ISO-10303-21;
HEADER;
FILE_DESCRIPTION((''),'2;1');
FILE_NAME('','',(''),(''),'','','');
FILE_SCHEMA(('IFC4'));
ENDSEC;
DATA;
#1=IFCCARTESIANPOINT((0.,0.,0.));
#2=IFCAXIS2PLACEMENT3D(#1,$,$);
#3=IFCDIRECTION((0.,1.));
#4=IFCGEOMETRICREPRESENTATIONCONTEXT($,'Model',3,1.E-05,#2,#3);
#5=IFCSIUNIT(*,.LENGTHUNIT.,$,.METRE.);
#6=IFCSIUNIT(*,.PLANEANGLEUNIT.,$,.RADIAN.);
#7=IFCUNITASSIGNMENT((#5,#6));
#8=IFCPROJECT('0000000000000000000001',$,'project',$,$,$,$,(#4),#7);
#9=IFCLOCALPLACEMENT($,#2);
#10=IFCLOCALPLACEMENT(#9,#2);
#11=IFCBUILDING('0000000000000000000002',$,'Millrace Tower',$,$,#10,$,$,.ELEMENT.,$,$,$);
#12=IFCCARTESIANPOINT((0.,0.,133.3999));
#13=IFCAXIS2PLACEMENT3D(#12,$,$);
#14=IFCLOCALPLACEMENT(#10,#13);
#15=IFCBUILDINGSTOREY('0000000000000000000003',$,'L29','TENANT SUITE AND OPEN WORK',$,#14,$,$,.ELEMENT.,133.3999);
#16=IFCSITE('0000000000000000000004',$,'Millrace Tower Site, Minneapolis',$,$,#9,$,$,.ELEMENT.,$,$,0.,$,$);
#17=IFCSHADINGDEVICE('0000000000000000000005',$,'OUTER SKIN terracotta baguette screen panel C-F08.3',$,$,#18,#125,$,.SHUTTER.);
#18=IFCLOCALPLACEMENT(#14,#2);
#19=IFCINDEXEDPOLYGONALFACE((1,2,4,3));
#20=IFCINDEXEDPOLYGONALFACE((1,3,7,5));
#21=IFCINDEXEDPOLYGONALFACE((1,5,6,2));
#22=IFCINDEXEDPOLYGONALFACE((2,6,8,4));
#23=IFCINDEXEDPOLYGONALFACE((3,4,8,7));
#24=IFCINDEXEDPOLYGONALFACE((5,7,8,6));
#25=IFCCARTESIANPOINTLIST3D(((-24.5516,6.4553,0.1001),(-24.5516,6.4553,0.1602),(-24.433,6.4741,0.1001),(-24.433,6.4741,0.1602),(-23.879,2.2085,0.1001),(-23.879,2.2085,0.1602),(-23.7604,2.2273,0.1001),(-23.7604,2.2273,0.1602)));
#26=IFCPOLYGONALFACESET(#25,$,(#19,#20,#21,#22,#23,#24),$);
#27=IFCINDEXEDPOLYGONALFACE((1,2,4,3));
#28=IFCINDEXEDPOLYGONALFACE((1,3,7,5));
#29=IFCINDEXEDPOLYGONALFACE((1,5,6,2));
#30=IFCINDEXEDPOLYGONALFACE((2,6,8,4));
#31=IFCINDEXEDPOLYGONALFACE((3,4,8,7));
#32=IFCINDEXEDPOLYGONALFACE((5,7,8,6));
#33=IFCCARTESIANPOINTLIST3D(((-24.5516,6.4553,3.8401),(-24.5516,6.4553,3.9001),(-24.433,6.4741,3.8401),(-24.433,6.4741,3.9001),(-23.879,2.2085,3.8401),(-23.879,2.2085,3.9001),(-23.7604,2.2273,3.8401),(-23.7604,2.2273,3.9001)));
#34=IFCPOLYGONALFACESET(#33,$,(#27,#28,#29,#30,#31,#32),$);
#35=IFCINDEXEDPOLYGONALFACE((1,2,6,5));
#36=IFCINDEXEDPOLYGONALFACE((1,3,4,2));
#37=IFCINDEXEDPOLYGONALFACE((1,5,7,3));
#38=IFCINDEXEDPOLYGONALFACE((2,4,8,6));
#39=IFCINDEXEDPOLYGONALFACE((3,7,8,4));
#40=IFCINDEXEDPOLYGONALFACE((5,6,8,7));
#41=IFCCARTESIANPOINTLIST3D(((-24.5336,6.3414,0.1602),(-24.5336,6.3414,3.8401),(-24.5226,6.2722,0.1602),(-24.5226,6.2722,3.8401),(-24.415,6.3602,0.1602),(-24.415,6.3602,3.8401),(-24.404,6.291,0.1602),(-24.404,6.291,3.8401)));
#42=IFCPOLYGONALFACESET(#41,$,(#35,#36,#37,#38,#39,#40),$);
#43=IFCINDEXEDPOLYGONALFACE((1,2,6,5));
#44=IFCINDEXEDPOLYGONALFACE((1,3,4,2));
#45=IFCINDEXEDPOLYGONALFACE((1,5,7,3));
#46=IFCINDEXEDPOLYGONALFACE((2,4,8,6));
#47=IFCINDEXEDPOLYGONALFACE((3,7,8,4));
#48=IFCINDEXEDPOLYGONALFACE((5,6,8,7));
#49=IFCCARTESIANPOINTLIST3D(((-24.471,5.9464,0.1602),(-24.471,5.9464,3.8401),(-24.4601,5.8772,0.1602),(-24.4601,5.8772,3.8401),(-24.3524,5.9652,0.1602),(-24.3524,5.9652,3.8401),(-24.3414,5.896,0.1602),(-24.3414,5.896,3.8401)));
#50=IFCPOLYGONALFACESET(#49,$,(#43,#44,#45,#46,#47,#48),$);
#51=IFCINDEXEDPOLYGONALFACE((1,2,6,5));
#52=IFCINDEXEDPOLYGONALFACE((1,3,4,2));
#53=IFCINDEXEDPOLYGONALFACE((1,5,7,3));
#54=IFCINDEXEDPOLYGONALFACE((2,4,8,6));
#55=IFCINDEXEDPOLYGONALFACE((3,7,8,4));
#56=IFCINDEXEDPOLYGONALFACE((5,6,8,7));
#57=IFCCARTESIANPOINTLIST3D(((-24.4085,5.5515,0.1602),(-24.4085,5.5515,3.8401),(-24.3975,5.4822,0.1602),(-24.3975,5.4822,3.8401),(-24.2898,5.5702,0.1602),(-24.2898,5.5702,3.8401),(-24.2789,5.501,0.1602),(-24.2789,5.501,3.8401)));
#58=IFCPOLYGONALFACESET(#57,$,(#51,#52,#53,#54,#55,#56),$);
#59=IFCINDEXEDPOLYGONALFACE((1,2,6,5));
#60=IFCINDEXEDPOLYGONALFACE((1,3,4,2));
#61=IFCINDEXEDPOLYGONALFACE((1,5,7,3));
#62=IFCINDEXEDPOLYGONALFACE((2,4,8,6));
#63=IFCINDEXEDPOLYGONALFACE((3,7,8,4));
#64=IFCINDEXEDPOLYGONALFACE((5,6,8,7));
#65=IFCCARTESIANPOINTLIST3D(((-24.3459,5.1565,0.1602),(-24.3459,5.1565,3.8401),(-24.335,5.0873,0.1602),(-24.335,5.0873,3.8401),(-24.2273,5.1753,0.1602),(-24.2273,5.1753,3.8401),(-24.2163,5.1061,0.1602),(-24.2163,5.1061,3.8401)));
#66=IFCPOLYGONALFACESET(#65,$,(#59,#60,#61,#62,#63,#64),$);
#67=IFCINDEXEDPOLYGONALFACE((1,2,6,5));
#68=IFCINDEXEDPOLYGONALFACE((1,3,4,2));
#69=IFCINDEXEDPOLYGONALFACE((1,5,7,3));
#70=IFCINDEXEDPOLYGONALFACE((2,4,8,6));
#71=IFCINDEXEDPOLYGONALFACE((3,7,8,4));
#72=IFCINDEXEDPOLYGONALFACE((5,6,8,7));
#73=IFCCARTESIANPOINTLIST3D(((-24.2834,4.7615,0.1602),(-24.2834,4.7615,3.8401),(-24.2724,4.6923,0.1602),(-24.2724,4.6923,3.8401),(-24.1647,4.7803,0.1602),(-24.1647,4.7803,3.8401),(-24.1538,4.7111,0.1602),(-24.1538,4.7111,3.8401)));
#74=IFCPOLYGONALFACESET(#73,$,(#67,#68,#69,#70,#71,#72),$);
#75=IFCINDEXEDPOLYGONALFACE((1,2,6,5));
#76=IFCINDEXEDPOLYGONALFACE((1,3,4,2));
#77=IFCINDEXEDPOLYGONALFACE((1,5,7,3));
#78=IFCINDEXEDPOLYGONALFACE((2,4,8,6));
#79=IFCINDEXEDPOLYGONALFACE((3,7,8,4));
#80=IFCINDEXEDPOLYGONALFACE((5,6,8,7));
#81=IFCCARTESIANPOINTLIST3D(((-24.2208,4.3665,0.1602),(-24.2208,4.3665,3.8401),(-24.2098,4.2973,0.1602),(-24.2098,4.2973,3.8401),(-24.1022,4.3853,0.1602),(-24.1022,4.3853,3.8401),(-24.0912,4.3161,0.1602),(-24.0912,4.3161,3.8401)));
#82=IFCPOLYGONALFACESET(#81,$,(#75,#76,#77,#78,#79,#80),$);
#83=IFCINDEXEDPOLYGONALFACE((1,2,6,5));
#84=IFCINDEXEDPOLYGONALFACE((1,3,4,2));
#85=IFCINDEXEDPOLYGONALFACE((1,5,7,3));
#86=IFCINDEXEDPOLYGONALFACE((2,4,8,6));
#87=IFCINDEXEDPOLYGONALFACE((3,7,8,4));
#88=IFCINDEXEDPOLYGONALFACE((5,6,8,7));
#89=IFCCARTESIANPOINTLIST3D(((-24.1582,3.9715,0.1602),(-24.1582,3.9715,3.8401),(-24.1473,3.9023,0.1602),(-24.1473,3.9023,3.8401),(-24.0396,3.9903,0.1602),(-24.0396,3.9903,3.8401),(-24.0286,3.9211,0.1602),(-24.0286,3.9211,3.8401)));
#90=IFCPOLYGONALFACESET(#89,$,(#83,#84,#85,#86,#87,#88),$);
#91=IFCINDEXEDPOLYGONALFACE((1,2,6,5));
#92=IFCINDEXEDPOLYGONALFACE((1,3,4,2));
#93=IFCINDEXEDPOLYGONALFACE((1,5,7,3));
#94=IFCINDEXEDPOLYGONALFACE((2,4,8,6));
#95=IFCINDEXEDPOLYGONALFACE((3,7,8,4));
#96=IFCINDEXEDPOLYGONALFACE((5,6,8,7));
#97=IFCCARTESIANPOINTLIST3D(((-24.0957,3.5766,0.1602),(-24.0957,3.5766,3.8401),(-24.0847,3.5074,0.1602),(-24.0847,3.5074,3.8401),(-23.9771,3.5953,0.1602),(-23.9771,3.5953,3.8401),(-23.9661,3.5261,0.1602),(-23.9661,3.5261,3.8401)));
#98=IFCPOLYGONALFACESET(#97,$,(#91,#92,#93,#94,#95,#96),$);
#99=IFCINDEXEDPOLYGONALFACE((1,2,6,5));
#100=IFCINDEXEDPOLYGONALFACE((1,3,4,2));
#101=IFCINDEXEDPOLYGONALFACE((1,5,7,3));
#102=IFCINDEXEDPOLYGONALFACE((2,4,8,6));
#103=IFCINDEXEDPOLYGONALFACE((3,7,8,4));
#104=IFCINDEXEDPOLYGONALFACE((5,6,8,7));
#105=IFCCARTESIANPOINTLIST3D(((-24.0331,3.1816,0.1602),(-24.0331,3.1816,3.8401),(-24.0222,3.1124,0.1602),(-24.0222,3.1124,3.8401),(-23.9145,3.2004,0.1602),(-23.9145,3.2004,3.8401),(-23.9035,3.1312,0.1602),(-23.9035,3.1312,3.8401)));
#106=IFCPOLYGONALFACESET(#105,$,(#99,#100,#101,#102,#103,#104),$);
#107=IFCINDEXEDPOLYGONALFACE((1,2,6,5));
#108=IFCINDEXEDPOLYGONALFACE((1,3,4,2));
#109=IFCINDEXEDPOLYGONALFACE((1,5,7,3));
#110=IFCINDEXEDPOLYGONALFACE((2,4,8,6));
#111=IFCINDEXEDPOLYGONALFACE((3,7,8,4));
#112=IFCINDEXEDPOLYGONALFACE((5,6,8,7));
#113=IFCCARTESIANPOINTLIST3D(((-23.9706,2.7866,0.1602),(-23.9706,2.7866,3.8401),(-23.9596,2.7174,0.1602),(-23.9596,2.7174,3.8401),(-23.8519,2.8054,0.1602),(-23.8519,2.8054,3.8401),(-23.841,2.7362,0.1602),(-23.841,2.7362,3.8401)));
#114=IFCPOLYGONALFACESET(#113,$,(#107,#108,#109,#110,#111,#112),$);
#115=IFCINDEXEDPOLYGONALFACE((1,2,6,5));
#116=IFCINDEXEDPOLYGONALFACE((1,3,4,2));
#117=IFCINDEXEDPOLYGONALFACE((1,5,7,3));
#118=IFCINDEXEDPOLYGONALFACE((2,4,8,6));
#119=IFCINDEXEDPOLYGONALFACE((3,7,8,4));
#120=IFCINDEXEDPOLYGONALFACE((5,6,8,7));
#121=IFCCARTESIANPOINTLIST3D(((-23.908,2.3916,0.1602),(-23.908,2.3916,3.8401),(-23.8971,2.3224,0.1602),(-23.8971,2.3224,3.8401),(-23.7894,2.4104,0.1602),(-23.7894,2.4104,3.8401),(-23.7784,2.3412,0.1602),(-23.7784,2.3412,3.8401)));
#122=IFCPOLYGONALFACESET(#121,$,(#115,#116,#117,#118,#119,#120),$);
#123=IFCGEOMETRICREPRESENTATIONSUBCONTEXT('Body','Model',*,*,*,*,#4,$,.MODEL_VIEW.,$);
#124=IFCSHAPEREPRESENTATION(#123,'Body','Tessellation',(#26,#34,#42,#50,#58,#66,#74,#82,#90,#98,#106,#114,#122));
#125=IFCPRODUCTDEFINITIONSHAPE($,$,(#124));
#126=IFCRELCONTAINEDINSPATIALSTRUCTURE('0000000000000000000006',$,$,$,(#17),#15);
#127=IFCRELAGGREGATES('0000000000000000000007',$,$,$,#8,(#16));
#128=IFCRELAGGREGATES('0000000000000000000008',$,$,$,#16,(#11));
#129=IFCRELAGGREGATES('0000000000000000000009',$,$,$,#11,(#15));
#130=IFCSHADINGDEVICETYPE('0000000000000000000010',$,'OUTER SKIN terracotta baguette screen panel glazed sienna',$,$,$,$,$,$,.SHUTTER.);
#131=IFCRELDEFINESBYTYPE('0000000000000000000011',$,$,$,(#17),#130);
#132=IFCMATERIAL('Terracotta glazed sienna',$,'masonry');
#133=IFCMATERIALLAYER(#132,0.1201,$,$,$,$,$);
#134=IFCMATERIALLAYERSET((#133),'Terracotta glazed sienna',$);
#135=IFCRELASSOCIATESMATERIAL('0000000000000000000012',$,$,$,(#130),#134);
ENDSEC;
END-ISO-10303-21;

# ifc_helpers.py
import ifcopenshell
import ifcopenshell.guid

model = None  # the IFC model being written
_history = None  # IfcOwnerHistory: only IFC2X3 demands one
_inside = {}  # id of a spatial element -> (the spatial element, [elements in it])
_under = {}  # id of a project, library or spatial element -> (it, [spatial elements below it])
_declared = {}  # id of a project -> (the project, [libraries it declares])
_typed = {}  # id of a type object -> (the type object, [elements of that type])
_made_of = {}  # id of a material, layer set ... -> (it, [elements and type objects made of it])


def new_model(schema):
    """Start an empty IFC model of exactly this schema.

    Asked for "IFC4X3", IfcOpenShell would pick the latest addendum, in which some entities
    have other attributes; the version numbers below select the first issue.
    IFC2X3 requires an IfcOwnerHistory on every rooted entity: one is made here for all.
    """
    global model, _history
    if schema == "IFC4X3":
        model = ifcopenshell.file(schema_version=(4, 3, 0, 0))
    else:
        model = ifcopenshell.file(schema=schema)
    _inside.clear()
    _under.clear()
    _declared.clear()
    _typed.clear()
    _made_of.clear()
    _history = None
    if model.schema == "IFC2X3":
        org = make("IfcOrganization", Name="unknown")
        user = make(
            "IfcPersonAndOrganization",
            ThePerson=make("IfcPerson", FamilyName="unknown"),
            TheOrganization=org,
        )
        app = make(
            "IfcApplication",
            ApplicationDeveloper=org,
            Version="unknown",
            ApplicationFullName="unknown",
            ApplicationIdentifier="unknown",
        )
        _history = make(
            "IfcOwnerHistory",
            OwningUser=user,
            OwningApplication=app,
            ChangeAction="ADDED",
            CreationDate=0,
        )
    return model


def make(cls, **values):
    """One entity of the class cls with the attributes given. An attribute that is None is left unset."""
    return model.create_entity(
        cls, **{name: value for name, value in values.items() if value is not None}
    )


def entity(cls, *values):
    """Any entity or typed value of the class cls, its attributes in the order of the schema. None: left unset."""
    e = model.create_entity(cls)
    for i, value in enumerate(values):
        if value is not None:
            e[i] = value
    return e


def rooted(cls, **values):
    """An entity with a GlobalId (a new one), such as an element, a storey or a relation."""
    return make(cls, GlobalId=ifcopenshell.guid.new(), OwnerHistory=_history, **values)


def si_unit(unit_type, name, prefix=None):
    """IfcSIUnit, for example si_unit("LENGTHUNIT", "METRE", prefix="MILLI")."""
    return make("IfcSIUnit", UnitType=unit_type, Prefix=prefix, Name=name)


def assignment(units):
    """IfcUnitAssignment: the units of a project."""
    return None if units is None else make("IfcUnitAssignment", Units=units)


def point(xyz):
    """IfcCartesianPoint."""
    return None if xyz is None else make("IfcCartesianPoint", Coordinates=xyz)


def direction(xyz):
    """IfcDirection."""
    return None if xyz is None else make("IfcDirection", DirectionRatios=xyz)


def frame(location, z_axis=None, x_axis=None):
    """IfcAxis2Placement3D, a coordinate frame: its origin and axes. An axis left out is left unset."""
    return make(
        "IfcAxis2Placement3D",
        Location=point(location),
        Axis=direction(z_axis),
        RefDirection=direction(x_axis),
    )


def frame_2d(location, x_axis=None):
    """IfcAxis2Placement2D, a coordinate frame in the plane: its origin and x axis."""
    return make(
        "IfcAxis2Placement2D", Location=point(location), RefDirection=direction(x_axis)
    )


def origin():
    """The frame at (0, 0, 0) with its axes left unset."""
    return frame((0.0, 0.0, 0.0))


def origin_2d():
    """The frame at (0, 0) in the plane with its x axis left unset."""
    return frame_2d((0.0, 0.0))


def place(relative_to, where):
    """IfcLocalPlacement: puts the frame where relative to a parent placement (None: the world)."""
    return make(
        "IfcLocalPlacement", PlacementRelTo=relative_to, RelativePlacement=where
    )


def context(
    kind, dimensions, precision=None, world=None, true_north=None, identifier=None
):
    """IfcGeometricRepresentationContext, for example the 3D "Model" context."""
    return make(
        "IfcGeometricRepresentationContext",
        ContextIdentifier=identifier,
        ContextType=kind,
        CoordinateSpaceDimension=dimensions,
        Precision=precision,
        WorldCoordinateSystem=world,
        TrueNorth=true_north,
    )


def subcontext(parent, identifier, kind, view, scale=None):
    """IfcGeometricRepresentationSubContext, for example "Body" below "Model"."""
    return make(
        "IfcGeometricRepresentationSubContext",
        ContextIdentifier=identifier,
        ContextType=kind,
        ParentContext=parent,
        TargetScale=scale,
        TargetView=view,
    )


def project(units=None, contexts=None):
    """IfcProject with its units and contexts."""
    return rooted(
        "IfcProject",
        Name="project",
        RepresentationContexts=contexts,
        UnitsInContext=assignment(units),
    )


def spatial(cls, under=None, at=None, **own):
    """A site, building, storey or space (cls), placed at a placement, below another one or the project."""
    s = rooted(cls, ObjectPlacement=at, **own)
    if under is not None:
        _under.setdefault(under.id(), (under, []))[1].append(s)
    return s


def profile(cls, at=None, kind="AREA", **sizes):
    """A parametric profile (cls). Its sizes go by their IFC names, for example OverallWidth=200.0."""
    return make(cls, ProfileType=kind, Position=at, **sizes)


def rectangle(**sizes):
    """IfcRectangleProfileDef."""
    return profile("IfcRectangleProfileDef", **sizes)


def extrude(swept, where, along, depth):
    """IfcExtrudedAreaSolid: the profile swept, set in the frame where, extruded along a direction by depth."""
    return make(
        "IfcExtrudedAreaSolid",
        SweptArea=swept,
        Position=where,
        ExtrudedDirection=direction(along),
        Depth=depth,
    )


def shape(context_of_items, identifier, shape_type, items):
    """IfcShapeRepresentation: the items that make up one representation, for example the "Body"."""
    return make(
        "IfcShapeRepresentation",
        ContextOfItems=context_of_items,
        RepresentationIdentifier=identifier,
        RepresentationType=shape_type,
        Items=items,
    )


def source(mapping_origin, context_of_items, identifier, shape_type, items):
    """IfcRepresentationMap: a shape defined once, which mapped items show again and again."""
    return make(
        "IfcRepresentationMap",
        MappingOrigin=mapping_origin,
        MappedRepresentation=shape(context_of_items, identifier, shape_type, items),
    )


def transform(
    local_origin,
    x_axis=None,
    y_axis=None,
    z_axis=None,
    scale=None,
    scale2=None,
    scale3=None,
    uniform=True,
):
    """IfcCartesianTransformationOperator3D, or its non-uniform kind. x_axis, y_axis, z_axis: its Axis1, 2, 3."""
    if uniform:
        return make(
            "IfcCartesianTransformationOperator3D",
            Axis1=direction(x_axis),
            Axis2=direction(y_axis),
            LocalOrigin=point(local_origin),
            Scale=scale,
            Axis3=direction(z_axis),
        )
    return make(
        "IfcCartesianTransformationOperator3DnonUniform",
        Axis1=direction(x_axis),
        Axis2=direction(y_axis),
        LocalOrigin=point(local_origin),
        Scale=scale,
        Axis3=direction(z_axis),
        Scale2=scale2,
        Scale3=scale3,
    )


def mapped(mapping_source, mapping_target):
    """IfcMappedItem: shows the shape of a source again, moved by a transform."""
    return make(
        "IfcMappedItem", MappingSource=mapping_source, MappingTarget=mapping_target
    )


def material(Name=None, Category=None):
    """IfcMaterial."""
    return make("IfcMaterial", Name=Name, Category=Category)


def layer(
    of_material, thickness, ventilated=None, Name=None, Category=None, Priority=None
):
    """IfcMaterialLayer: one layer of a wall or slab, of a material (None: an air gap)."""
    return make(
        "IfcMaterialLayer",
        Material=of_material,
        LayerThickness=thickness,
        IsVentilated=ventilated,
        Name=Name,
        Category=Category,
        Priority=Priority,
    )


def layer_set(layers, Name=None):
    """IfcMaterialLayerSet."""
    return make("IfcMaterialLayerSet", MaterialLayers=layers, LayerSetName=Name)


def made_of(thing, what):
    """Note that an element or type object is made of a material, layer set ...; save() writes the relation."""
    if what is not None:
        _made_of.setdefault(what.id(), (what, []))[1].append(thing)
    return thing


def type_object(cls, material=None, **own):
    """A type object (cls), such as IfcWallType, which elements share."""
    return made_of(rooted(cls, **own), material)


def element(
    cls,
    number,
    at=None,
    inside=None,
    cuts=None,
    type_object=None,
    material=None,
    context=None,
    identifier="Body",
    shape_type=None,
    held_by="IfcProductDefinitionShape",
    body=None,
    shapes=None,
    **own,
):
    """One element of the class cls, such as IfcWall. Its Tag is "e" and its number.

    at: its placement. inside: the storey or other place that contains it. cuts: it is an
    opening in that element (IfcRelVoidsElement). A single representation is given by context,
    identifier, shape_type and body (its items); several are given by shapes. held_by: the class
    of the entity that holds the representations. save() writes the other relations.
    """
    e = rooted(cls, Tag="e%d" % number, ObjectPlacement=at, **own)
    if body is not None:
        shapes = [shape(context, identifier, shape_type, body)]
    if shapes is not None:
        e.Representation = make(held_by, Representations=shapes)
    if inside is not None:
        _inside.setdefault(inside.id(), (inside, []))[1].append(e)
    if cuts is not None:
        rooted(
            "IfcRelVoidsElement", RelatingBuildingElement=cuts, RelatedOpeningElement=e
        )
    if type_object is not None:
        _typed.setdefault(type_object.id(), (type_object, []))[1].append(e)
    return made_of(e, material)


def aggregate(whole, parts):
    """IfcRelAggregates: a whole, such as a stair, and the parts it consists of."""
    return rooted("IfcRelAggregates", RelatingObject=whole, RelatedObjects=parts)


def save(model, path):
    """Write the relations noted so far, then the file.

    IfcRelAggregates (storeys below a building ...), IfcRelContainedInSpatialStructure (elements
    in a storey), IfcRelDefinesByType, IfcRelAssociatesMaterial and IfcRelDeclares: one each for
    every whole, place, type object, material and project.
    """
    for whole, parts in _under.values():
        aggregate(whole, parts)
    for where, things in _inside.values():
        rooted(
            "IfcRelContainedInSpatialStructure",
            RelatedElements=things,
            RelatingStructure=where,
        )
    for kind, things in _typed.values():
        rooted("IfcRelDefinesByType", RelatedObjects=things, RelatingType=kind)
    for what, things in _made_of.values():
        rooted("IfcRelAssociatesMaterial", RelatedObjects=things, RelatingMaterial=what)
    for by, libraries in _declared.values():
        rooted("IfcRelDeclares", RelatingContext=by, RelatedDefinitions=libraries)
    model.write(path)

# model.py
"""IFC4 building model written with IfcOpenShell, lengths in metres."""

from ifc_helpers import new_model, entity, si_unit, direction, frame, frame_2d, origin, origin_2d, place, context, subcontext, project, spatial, rectangle, extrude, source, transform, mapped, material, layer, layer_set, type_object, element, save


model = new_model("IFC4")

# Units and contexts
model_context = context("Model", 3, precision=1e-05, world=origin(), true_north=direction((0.0, 1.0)))
body_context = subcontext(model_context, "Body", "Model", "MODEL_VIEW")
ifc_project = project(units=[si_unit("LENGTHUNIT", "METRE"), si_unit("PLANEANGLEUNIT", "RADIAN")], contexts=[model_context])

# Site, building, storey
site_placement = place(None, origin())
site = spatial("IfcSite", under=ifc_project, at=site_placement, Name="Millrace Tower Site, Minneapolis", CompositionType="ELEMENT", RefElevation=0.0)
building_placement = place(site_placement, origin())
building = spatial("IfcBuilding", under=site, at=building_placement, Name="Millrace Tower", CompositionType="ELEMENT")
storey_placement = place(building_placement, frame((0.0, 0.0, 133.3999)))
storey = spatial("IfcBuildingStorey", under=building, at=storey_placement, Name="L29", Description="TENANT SUITE AND OPEN WORK", CompositionType="ELEMENT", Elevation=133.3999)

# Shading device
ifc_material_1 = material(Name="Terracotta glazed sienna", Category="masonry")
ifc_layer_1 = layer(ifc_material_1, 0.1201)
ifc_layer_set_1 = layer_set([ifc_layer_1], Name="Terracotta glazed sienna")
shading_device_type = type_object("IfcShadingDeviceType", Name="OUTER SKIN terracotta baguette screen panel glazed sienna", PredefinedType="SHUTTER", material=ifc_layer_set_1)
cartesian_point = entity("IfcCartesianPoint", [-2.1499, 0.0601])
shared_polyline = entity("IfcPolyline", [cartesian_point, entity("IfcCartesianPoint", [2.1499, 0.0601]), entity("IfcCartesianPoint", [2.1499, -0.0601]), entity("IfcCartesianPoint", [-2.1499, -0.0601]), cartesian_point])
shared_shape = source(origin(), body_context, "Body", "SweptSolid", [
    entity("IfcExtrudedAreaSolid", entity("IfcArbitraryClosedProfileDef", "AREA", None, shared_polyline), entity("IfcAxis2Placement3D", entity("IfcCartesianPoint", [0.0, 0.0, 0.0])), entity("IfcDirection", [0.0, 0.0, 1.0]), 0.0601),
    entity("IfcExtrudedAreaSolid", entity("IfcArbitraryClosedProfileDef", "AREA", None, shared_polyline), entity("IfcAxis2Placement3D", entity("IfcCartesianPoint", [0.0, 0.0, 3.74])), entity("IfcDirection", [0.0, 0.0, 1.0]), 0.0601),
    extrude(rectangle(XDim=0.0701, YDim=0.1201, at=frame_2d((-1.9995, 0.0))), frame((0.0, 0.0, 0.0601)), (0.0, 0.0, 1.0), 3.6799),
    extrude(rectangle(XDim=0.0701, YDim=0.1201, at=frame_2d((-1.5996, 0.0))), frame((0.0, 0.0, 0.0601)), (0.0, 0.0, 1.0), 3.6799),
    extrude(rectangle(XDim=0.0701, YDim=0.1201, at=frame_2d((-1.1997, 0.0))), frame((0.0, 0.0, 0.0601)), (0.0, 0.0, 1.0), 3.6799),
    extrude(rectangle(XDim=0.0701, YDim=0.1201, at=frame_2d((-0.7998, 0.0))), frame((0.0, 0.0, 0.0601)), (0.0, 0.0, 1.0), 3.6799),
    extrude(rectangle(XDim=0.0701, YDim=0.1201, at=frame_2d((-0.3999, 0.0))), frame((0.0, 0.0, 0.0601)), (0.0, 0.0, 1.0), 3.6799),
    extrude(rectangle(XDim=0.0701, YDim=0.1201, at=origin_2d()), frame((0.0, 0.0, 0.0601)), (0.0, 0.0, 1.0), 3.6799),
    extrude(rectangle(XDim=0.0701, YDim=0.1201, at=frame_2d((0.3999, 0.0))), frame((0.0, 0.0, 0.0601)), (0.0, 0.0, 1.0), 3.6799),
    extrude(rectangle(XDim=0.0701, YDim=0.1201, at=frame_2d((0.7998, 0.0))), frame((0.0, 0.0, 0.0601)), (0.0, 0.0, 1.0), 3.6799),
    extrude(rectangle(XDim=0.0701, YDim=0.1201, at=frame_2d((1.1997, 0.0))), frame((0.0, 0.0, 0.0601)), (0.0, 0.0, 1.0), 3.6799),
    extrude(rectangle(XDim=0.0701, YDim=0.1201, at=frame_2d((1.5996, 0.0))), frame((0.0, 0.0, 0.0601)), (0.0, 0.0, 1.0), 3.6799),
    extrude(rectangle(XDim=0.0701, YDim=0.1201, at=frame_2d((1.9995, 0.0))), frame((0.0, 0.0, 0.0601)), (0.0, 0.0, 1.0), 3.6799),
])
for number, where, z_axis, x_axis, name in (
    (1, (-24.156, 4.3413, 0.1001), (0.0, 0.0, 1.0), (0.156434, -0.987688, 0.0), "OUTER SKIN terracotta baguette screen panel C-F08.3"),
):
    element("IfcShadingDevice", number, at=place(storey_placement, frame(where, z_axis=z_axis, x_axis=x_axis)), inside=storey, type_object=shading_device_type, Name=name, PredefinedType="SHUTTER", context=body_context, shape_type="MappedRepresentation", body=[
        mapped(shared_shape, transform((0.0, 0.0, 0.0), scale=1.0)),
    ])

save(model, "model.ifc")
